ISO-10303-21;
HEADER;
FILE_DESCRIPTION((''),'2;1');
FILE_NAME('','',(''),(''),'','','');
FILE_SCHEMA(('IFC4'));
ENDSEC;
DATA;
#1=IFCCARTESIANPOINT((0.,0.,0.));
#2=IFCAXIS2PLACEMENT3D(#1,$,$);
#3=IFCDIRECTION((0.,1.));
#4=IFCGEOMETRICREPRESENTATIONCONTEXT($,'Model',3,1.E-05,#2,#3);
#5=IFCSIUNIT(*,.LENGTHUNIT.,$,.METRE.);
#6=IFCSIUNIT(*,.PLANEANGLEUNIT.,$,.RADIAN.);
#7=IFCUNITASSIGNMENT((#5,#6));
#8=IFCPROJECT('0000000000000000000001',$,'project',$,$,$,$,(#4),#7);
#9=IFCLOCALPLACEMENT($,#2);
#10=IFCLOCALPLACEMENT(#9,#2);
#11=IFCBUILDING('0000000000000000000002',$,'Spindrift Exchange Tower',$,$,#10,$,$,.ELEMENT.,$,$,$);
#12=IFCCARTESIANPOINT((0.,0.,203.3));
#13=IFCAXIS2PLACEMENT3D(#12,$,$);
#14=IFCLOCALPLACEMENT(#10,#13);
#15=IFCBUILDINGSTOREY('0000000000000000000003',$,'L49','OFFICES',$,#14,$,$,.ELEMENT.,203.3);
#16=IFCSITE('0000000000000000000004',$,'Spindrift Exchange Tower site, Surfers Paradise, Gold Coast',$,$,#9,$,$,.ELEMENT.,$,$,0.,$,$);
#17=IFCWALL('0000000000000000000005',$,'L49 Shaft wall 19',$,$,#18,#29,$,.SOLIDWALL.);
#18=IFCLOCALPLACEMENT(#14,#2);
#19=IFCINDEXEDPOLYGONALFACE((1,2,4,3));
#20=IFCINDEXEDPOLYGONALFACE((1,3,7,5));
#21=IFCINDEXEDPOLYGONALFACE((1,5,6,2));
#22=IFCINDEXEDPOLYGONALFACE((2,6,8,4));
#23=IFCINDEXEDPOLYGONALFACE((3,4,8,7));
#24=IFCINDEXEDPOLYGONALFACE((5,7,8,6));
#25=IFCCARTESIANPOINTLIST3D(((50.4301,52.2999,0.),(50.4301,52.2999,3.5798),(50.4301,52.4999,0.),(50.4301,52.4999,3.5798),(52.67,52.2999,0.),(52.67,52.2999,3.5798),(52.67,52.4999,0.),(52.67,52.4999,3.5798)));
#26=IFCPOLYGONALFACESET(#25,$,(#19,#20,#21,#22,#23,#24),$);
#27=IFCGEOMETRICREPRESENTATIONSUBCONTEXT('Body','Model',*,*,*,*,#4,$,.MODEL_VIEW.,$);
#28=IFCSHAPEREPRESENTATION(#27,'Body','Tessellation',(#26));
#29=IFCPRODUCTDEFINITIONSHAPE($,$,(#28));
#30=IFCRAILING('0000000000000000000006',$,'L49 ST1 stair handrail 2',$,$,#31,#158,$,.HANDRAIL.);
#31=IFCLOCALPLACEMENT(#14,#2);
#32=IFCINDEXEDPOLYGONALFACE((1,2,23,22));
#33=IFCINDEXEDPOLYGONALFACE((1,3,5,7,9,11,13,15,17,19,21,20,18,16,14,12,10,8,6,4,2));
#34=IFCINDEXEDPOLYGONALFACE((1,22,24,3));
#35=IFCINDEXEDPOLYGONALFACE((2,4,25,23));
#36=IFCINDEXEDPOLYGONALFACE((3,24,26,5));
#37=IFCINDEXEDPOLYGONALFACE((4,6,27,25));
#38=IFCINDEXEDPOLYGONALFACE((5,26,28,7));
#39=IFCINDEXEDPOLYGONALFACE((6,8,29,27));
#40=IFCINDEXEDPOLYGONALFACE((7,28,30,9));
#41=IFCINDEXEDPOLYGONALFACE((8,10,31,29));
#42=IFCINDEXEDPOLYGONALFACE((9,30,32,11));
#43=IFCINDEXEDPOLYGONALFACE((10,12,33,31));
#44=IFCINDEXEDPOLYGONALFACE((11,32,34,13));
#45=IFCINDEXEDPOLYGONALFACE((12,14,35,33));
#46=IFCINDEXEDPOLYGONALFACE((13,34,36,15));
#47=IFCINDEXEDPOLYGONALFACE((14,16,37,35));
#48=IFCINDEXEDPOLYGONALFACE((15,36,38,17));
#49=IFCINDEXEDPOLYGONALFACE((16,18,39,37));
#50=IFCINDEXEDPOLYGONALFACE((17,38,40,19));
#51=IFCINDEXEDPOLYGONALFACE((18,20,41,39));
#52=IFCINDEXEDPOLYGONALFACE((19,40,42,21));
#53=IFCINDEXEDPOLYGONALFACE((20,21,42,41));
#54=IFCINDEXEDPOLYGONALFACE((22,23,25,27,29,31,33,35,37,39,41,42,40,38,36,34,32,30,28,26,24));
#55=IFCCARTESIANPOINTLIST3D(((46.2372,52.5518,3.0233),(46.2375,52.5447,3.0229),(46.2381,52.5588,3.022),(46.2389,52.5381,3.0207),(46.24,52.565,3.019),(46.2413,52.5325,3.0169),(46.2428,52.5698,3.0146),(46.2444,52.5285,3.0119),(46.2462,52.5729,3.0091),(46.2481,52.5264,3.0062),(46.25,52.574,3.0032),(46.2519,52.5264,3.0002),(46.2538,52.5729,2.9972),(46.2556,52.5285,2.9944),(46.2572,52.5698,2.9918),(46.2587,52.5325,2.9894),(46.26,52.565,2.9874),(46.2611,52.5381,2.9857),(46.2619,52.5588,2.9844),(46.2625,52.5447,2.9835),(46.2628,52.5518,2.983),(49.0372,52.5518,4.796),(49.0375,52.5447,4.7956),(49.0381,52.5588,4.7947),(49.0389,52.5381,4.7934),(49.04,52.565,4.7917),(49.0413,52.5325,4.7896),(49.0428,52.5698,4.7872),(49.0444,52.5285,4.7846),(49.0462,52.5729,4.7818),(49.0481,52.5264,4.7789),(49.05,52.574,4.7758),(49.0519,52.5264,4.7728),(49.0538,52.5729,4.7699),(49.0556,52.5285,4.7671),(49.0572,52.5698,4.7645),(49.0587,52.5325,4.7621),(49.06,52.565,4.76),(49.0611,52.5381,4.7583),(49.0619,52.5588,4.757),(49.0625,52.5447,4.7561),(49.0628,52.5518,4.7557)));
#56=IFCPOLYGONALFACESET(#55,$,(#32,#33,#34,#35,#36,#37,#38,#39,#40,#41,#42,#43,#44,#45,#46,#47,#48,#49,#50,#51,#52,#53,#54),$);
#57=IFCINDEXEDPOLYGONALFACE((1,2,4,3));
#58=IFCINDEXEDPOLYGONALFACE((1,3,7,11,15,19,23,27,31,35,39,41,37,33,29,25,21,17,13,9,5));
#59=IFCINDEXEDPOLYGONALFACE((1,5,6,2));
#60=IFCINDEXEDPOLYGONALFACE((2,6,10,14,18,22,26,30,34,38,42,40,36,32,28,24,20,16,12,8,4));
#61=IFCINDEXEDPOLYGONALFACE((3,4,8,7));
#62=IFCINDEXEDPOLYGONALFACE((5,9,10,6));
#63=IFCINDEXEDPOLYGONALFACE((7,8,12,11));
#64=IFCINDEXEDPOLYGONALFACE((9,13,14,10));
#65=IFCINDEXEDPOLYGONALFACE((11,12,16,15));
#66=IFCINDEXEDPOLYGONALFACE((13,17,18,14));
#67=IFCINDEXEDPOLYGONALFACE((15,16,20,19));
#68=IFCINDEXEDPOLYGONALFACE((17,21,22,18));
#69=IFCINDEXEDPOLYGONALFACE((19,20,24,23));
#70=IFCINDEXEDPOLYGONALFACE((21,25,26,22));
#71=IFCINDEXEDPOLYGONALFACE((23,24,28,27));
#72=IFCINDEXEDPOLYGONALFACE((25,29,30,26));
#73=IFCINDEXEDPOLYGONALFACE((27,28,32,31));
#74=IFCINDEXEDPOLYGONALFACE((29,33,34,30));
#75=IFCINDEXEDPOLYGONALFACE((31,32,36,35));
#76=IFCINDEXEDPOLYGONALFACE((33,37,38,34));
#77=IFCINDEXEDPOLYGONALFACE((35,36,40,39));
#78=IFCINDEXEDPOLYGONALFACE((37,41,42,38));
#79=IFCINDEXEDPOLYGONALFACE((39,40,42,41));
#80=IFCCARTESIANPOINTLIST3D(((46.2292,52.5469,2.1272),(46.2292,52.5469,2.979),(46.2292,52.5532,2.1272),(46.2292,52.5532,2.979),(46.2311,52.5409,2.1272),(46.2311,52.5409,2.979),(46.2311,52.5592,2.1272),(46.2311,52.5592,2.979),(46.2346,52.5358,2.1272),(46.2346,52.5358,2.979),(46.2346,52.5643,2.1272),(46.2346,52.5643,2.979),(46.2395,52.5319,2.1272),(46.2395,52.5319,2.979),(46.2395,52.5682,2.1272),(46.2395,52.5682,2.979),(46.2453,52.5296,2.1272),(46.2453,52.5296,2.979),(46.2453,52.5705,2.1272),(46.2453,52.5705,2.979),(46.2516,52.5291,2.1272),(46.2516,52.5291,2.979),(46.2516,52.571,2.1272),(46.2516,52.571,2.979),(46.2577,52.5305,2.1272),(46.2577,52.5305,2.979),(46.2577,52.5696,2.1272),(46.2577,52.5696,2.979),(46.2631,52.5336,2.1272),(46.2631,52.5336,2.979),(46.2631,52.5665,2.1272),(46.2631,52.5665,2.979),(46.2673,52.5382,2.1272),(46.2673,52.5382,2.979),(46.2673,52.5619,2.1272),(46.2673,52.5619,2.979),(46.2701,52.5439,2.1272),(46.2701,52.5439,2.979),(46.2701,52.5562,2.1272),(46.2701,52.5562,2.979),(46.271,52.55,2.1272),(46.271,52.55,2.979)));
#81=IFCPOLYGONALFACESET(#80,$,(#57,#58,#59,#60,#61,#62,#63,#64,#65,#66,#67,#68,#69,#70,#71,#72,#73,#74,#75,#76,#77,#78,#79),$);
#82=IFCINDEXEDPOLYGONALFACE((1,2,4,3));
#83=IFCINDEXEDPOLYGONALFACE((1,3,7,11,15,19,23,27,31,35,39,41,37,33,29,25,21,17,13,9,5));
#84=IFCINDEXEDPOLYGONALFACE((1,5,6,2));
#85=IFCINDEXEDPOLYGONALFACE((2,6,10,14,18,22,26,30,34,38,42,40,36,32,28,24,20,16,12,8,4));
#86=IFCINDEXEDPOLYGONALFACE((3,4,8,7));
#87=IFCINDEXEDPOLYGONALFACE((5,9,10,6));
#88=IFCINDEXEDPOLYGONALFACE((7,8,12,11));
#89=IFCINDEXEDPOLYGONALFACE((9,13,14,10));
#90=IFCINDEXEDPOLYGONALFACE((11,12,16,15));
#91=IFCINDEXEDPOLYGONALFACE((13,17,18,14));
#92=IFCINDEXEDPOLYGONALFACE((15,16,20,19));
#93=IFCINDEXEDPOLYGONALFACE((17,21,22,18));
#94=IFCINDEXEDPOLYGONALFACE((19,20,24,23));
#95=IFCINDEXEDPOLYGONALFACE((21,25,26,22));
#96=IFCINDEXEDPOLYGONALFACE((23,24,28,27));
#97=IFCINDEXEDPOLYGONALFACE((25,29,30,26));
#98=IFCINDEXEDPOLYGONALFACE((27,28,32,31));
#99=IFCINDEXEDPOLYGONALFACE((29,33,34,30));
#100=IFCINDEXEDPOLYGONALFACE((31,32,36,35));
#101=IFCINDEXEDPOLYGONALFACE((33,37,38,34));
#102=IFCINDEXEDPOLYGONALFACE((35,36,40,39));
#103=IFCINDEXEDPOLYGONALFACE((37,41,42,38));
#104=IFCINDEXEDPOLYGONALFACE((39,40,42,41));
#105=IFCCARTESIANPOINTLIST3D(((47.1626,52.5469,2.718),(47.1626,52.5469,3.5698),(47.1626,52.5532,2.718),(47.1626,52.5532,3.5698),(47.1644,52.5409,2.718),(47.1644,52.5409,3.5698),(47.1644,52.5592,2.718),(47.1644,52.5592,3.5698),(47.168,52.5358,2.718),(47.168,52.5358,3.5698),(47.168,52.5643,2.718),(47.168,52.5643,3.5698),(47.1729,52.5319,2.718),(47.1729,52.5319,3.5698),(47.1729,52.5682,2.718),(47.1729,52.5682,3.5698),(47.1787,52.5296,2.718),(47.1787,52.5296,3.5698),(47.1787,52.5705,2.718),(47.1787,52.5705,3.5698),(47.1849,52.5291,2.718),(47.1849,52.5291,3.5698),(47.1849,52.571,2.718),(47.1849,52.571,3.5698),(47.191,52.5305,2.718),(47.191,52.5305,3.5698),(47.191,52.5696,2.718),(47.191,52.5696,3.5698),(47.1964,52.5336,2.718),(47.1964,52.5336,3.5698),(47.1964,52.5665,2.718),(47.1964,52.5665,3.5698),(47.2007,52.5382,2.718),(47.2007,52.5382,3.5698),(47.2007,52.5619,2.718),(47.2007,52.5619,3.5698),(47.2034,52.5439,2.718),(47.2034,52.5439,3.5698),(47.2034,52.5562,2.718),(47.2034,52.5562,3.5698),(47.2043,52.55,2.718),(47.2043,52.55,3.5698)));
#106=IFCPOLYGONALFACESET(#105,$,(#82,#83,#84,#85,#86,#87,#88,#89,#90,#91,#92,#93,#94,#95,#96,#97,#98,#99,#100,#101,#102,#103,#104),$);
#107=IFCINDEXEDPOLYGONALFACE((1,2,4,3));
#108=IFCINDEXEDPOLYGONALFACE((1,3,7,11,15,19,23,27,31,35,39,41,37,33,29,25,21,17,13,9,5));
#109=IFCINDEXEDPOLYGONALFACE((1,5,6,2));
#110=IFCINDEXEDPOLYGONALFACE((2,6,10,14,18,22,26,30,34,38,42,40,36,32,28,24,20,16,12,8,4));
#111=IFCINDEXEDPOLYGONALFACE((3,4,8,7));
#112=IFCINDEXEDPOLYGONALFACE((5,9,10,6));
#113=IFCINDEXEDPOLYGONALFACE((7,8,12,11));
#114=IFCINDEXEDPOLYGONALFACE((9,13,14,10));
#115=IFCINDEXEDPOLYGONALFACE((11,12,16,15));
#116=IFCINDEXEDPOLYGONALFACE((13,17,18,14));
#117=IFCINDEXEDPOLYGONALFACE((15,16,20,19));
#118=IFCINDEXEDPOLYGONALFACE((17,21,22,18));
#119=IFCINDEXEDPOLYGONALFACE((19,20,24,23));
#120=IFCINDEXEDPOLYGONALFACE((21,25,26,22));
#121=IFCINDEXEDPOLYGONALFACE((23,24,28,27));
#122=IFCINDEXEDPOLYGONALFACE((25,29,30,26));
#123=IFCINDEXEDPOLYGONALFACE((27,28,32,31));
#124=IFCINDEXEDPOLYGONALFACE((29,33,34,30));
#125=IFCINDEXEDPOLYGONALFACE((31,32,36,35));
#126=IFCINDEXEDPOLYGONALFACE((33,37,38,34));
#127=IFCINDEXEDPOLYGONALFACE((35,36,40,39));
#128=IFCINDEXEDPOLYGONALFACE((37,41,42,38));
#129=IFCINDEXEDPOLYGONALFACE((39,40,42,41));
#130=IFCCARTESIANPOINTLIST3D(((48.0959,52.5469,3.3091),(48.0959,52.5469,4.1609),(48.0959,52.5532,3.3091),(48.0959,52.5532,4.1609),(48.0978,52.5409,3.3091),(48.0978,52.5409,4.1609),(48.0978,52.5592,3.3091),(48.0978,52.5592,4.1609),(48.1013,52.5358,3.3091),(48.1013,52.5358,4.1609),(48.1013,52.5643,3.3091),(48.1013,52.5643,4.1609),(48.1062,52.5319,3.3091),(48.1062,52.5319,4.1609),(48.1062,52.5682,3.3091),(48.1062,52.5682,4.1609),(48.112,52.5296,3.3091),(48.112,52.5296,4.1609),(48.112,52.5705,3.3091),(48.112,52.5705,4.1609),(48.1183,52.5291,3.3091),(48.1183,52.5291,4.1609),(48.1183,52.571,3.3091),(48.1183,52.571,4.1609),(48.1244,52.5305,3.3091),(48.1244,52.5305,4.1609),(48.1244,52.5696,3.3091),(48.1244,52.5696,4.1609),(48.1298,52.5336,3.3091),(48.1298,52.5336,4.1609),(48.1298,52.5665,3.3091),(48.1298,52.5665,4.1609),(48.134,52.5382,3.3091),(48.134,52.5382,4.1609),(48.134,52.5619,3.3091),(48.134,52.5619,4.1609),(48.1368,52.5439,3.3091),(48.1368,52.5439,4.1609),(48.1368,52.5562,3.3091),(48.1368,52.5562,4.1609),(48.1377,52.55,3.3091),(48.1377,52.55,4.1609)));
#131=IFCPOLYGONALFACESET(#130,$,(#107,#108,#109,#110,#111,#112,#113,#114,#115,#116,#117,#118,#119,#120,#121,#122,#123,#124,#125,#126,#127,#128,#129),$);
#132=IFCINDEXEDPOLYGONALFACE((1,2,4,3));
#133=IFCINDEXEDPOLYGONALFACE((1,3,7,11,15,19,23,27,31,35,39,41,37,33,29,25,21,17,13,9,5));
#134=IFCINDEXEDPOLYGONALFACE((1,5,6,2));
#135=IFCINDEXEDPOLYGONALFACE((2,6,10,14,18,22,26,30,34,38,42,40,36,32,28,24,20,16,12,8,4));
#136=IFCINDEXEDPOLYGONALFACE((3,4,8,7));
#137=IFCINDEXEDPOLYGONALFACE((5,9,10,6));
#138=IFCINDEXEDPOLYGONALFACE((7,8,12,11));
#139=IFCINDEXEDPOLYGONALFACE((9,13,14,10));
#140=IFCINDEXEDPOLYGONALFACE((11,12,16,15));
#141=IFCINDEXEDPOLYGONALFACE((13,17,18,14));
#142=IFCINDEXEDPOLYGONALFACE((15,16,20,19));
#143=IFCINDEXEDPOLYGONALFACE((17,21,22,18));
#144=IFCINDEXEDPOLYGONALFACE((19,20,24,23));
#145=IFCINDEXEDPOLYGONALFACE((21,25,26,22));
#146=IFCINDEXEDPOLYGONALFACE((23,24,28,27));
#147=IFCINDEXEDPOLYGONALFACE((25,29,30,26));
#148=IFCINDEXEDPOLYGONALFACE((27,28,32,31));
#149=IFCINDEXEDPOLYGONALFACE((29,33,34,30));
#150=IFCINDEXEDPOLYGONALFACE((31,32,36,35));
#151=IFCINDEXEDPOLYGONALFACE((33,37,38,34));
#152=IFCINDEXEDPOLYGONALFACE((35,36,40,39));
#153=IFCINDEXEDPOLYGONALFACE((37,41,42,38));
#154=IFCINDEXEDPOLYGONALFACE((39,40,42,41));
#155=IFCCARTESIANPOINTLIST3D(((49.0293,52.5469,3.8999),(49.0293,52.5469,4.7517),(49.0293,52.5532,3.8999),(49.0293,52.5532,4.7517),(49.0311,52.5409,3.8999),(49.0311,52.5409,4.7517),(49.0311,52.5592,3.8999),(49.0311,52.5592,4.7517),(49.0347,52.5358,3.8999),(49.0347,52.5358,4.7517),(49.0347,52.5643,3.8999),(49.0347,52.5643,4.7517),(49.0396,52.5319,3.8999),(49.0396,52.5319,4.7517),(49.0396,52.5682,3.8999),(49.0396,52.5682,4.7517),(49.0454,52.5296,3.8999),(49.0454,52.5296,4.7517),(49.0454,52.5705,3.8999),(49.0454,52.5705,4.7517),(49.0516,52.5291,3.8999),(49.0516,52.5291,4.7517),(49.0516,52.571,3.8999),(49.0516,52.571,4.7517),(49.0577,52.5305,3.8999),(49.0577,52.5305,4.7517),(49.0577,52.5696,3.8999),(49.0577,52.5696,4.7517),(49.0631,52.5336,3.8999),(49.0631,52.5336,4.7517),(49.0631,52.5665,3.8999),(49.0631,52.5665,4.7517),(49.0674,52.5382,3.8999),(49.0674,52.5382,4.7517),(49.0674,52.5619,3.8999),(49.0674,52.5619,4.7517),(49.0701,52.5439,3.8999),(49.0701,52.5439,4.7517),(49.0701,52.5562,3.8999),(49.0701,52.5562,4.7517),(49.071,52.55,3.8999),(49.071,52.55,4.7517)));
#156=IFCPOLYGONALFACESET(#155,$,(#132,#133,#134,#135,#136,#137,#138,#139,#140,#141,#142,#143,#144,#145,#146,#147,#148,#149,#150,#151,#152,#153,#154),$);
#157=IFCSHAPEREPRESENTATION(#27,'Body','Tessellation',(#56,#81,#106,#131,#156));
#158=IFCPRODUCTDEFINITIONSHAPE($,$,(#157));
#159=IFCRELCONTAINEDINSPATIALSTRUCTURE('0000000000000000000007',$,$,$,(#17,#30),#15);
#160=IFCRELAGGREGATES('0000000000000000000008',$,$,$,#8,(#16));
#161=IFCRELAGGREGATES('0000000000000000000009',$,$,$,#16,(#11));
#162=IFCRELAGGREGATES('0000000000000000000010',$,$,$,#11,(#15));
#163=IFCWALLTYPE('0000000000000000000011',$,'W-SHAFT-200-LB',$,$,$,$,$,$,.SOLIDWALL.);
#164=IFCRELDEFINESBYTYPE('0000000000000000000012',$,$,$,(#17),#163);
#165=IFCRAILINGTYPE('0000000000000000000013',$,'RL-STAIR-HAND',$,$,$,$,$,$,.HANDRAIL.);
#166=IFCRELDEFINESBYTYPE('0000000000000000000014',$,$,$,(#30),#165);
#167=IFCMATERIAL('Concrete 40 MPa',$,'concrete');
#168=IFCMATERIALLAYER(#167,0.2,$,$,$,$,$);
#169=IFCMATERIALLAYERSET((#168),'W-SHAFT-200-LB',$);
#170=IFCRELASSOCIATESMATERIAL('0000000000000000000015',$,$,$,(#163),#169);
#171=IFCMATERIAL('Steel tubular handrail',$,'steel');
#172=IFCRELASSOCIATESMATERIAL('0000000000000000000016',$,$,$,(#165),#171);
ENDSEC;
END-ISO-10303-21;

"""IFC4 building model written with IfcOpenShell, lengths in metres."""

from ifc_helpers import new_model, si_unit, direction, frame, frame_2d, origin, origin_2d, place, context, subcontext, project, spatial, rectangle, circle, extrude, material, layer, layer_set, type_object, element, save


model = new_model("IFC4")

# Units and contexts
model_context = context("Model", 3, precision=1e-05, world=origin(), true_north=direction((0.0, 1.0)))
body_context = subcontext(model_context, "Body", "Model", "MODEL_VIEW")
ifc_project = project(units=[si_unit("LENGTHUNIT", "METRE"), si_unit("PLANEANGLEUNIT", "RADIAN")], contexts=[model_context])

# Site, building, storey
site_placement = place(None, origin())
site = spatial("IfcSite", under=ifc_project, at=site_placement, Name="Spindrift Exchange Tower site, Surfers Paradise, Gold Coast", CompositionType="ELEMENT", RefElevation=0.0)
building_placement = place(site_placement, origin())
building = spatial("IfcBuilding", under=site, at=building_placement, Name="Spindrift Exchange Tower", CompositionType="ELEMENT")
storey_placement = place(building_placement, frame((0.0, 0.0, 203.3)))
storey = spatial("IfcBuildingStorey", under=building, at=storey_placement, Name="L49", Description="OFFICES", CompositionType="ELEMENT", Elevation=203.3)

# Shared definitions
ifc_material_1 = material(Name="Concrete 40 MPa", Category="concrete")
ifc_layer_1 = layer(ifc_material_1, 0.2)
ifc_layer_set_1 = layer_set([ifc_layer_1], Name="W-SHAFT-200-LB")
wall_type_1 = type_object("IfcWallType", Name="W-SHAFT-200-LB", PredefinedType="SOLIDWALL", material=ifc_layer_set_1)

# Wall
wall_1_placement = place(storey_placement, frame((50.4299, 52.3999, 0.0), z_axis=(0.0, 0.0, 1.0), x_axis=(1.0, 0.0, 0.0)))
element("IfcWall", 1, at=wall_1_placement, inside=storey, type_object=wall_type_1, Name="L49 Shaft wall 19", PredefinedType="SOLIDWALL", context=body_context, shape_type="SweptSolid", body=[
    extrude(rectangle(XDim=2.24, YDim=0.2, at=frame_2d((1.1201, 0.0))), origin(), (0.0, 0.0, 1.0), 3.5798),
])

# Railing
ifc_material_2 = material(Name="Steel tubular handrail", Category="steel")
railing_type = type_object("IfcRailingType", Name="RL-STAIR-HAND", PredefinedType="HANDRAIL", material=ifc_material_2)
railing_placement = place(storey_placement, frame((46.25, 52.55, 2.1272)))
element("IfcRailing", 2, at=railing_placement, inside=storey, type_object=railing_type, Name="L49 ST1 stair handrail 2", PredefinedType="HANDRAIL", context=body_context, shape_type="SweptSolid", body=[
    extrude(circle(Radius=0.0239, at=origin_2d()), frame((0.0, 0.0, 0.876), z_axis=(0.844909, 0.0, 0.53491), x_axis=(0.0, 1.0, 0.0)), (0.0, 0.0, 1.0), 3.314),
    extrude(circle(Radius=0.021, at=origin_2d()), origin(), (0.0, 0.0, 1.0), 0.8518),
    extrude(circle(Radius=0.021, at=origin_2d()), frame((0.9333, 0.0, 0.5908)), (0.0, 0.0, 1.0), 0.8518),
    extrude(circle(Radius=0.021, at=origin_2d()), frame((1.8667, 0.0, 1.1819)), (0.0, 0.0, 1.0), 0.8518),
    extrude(circle(Radius=0.021, at=origin_2d()), frame((2.8, 0.0, 1.7727)), (0.0, 0.0, 1.0), 0.8518),
])

save(model, "model.ifc")
